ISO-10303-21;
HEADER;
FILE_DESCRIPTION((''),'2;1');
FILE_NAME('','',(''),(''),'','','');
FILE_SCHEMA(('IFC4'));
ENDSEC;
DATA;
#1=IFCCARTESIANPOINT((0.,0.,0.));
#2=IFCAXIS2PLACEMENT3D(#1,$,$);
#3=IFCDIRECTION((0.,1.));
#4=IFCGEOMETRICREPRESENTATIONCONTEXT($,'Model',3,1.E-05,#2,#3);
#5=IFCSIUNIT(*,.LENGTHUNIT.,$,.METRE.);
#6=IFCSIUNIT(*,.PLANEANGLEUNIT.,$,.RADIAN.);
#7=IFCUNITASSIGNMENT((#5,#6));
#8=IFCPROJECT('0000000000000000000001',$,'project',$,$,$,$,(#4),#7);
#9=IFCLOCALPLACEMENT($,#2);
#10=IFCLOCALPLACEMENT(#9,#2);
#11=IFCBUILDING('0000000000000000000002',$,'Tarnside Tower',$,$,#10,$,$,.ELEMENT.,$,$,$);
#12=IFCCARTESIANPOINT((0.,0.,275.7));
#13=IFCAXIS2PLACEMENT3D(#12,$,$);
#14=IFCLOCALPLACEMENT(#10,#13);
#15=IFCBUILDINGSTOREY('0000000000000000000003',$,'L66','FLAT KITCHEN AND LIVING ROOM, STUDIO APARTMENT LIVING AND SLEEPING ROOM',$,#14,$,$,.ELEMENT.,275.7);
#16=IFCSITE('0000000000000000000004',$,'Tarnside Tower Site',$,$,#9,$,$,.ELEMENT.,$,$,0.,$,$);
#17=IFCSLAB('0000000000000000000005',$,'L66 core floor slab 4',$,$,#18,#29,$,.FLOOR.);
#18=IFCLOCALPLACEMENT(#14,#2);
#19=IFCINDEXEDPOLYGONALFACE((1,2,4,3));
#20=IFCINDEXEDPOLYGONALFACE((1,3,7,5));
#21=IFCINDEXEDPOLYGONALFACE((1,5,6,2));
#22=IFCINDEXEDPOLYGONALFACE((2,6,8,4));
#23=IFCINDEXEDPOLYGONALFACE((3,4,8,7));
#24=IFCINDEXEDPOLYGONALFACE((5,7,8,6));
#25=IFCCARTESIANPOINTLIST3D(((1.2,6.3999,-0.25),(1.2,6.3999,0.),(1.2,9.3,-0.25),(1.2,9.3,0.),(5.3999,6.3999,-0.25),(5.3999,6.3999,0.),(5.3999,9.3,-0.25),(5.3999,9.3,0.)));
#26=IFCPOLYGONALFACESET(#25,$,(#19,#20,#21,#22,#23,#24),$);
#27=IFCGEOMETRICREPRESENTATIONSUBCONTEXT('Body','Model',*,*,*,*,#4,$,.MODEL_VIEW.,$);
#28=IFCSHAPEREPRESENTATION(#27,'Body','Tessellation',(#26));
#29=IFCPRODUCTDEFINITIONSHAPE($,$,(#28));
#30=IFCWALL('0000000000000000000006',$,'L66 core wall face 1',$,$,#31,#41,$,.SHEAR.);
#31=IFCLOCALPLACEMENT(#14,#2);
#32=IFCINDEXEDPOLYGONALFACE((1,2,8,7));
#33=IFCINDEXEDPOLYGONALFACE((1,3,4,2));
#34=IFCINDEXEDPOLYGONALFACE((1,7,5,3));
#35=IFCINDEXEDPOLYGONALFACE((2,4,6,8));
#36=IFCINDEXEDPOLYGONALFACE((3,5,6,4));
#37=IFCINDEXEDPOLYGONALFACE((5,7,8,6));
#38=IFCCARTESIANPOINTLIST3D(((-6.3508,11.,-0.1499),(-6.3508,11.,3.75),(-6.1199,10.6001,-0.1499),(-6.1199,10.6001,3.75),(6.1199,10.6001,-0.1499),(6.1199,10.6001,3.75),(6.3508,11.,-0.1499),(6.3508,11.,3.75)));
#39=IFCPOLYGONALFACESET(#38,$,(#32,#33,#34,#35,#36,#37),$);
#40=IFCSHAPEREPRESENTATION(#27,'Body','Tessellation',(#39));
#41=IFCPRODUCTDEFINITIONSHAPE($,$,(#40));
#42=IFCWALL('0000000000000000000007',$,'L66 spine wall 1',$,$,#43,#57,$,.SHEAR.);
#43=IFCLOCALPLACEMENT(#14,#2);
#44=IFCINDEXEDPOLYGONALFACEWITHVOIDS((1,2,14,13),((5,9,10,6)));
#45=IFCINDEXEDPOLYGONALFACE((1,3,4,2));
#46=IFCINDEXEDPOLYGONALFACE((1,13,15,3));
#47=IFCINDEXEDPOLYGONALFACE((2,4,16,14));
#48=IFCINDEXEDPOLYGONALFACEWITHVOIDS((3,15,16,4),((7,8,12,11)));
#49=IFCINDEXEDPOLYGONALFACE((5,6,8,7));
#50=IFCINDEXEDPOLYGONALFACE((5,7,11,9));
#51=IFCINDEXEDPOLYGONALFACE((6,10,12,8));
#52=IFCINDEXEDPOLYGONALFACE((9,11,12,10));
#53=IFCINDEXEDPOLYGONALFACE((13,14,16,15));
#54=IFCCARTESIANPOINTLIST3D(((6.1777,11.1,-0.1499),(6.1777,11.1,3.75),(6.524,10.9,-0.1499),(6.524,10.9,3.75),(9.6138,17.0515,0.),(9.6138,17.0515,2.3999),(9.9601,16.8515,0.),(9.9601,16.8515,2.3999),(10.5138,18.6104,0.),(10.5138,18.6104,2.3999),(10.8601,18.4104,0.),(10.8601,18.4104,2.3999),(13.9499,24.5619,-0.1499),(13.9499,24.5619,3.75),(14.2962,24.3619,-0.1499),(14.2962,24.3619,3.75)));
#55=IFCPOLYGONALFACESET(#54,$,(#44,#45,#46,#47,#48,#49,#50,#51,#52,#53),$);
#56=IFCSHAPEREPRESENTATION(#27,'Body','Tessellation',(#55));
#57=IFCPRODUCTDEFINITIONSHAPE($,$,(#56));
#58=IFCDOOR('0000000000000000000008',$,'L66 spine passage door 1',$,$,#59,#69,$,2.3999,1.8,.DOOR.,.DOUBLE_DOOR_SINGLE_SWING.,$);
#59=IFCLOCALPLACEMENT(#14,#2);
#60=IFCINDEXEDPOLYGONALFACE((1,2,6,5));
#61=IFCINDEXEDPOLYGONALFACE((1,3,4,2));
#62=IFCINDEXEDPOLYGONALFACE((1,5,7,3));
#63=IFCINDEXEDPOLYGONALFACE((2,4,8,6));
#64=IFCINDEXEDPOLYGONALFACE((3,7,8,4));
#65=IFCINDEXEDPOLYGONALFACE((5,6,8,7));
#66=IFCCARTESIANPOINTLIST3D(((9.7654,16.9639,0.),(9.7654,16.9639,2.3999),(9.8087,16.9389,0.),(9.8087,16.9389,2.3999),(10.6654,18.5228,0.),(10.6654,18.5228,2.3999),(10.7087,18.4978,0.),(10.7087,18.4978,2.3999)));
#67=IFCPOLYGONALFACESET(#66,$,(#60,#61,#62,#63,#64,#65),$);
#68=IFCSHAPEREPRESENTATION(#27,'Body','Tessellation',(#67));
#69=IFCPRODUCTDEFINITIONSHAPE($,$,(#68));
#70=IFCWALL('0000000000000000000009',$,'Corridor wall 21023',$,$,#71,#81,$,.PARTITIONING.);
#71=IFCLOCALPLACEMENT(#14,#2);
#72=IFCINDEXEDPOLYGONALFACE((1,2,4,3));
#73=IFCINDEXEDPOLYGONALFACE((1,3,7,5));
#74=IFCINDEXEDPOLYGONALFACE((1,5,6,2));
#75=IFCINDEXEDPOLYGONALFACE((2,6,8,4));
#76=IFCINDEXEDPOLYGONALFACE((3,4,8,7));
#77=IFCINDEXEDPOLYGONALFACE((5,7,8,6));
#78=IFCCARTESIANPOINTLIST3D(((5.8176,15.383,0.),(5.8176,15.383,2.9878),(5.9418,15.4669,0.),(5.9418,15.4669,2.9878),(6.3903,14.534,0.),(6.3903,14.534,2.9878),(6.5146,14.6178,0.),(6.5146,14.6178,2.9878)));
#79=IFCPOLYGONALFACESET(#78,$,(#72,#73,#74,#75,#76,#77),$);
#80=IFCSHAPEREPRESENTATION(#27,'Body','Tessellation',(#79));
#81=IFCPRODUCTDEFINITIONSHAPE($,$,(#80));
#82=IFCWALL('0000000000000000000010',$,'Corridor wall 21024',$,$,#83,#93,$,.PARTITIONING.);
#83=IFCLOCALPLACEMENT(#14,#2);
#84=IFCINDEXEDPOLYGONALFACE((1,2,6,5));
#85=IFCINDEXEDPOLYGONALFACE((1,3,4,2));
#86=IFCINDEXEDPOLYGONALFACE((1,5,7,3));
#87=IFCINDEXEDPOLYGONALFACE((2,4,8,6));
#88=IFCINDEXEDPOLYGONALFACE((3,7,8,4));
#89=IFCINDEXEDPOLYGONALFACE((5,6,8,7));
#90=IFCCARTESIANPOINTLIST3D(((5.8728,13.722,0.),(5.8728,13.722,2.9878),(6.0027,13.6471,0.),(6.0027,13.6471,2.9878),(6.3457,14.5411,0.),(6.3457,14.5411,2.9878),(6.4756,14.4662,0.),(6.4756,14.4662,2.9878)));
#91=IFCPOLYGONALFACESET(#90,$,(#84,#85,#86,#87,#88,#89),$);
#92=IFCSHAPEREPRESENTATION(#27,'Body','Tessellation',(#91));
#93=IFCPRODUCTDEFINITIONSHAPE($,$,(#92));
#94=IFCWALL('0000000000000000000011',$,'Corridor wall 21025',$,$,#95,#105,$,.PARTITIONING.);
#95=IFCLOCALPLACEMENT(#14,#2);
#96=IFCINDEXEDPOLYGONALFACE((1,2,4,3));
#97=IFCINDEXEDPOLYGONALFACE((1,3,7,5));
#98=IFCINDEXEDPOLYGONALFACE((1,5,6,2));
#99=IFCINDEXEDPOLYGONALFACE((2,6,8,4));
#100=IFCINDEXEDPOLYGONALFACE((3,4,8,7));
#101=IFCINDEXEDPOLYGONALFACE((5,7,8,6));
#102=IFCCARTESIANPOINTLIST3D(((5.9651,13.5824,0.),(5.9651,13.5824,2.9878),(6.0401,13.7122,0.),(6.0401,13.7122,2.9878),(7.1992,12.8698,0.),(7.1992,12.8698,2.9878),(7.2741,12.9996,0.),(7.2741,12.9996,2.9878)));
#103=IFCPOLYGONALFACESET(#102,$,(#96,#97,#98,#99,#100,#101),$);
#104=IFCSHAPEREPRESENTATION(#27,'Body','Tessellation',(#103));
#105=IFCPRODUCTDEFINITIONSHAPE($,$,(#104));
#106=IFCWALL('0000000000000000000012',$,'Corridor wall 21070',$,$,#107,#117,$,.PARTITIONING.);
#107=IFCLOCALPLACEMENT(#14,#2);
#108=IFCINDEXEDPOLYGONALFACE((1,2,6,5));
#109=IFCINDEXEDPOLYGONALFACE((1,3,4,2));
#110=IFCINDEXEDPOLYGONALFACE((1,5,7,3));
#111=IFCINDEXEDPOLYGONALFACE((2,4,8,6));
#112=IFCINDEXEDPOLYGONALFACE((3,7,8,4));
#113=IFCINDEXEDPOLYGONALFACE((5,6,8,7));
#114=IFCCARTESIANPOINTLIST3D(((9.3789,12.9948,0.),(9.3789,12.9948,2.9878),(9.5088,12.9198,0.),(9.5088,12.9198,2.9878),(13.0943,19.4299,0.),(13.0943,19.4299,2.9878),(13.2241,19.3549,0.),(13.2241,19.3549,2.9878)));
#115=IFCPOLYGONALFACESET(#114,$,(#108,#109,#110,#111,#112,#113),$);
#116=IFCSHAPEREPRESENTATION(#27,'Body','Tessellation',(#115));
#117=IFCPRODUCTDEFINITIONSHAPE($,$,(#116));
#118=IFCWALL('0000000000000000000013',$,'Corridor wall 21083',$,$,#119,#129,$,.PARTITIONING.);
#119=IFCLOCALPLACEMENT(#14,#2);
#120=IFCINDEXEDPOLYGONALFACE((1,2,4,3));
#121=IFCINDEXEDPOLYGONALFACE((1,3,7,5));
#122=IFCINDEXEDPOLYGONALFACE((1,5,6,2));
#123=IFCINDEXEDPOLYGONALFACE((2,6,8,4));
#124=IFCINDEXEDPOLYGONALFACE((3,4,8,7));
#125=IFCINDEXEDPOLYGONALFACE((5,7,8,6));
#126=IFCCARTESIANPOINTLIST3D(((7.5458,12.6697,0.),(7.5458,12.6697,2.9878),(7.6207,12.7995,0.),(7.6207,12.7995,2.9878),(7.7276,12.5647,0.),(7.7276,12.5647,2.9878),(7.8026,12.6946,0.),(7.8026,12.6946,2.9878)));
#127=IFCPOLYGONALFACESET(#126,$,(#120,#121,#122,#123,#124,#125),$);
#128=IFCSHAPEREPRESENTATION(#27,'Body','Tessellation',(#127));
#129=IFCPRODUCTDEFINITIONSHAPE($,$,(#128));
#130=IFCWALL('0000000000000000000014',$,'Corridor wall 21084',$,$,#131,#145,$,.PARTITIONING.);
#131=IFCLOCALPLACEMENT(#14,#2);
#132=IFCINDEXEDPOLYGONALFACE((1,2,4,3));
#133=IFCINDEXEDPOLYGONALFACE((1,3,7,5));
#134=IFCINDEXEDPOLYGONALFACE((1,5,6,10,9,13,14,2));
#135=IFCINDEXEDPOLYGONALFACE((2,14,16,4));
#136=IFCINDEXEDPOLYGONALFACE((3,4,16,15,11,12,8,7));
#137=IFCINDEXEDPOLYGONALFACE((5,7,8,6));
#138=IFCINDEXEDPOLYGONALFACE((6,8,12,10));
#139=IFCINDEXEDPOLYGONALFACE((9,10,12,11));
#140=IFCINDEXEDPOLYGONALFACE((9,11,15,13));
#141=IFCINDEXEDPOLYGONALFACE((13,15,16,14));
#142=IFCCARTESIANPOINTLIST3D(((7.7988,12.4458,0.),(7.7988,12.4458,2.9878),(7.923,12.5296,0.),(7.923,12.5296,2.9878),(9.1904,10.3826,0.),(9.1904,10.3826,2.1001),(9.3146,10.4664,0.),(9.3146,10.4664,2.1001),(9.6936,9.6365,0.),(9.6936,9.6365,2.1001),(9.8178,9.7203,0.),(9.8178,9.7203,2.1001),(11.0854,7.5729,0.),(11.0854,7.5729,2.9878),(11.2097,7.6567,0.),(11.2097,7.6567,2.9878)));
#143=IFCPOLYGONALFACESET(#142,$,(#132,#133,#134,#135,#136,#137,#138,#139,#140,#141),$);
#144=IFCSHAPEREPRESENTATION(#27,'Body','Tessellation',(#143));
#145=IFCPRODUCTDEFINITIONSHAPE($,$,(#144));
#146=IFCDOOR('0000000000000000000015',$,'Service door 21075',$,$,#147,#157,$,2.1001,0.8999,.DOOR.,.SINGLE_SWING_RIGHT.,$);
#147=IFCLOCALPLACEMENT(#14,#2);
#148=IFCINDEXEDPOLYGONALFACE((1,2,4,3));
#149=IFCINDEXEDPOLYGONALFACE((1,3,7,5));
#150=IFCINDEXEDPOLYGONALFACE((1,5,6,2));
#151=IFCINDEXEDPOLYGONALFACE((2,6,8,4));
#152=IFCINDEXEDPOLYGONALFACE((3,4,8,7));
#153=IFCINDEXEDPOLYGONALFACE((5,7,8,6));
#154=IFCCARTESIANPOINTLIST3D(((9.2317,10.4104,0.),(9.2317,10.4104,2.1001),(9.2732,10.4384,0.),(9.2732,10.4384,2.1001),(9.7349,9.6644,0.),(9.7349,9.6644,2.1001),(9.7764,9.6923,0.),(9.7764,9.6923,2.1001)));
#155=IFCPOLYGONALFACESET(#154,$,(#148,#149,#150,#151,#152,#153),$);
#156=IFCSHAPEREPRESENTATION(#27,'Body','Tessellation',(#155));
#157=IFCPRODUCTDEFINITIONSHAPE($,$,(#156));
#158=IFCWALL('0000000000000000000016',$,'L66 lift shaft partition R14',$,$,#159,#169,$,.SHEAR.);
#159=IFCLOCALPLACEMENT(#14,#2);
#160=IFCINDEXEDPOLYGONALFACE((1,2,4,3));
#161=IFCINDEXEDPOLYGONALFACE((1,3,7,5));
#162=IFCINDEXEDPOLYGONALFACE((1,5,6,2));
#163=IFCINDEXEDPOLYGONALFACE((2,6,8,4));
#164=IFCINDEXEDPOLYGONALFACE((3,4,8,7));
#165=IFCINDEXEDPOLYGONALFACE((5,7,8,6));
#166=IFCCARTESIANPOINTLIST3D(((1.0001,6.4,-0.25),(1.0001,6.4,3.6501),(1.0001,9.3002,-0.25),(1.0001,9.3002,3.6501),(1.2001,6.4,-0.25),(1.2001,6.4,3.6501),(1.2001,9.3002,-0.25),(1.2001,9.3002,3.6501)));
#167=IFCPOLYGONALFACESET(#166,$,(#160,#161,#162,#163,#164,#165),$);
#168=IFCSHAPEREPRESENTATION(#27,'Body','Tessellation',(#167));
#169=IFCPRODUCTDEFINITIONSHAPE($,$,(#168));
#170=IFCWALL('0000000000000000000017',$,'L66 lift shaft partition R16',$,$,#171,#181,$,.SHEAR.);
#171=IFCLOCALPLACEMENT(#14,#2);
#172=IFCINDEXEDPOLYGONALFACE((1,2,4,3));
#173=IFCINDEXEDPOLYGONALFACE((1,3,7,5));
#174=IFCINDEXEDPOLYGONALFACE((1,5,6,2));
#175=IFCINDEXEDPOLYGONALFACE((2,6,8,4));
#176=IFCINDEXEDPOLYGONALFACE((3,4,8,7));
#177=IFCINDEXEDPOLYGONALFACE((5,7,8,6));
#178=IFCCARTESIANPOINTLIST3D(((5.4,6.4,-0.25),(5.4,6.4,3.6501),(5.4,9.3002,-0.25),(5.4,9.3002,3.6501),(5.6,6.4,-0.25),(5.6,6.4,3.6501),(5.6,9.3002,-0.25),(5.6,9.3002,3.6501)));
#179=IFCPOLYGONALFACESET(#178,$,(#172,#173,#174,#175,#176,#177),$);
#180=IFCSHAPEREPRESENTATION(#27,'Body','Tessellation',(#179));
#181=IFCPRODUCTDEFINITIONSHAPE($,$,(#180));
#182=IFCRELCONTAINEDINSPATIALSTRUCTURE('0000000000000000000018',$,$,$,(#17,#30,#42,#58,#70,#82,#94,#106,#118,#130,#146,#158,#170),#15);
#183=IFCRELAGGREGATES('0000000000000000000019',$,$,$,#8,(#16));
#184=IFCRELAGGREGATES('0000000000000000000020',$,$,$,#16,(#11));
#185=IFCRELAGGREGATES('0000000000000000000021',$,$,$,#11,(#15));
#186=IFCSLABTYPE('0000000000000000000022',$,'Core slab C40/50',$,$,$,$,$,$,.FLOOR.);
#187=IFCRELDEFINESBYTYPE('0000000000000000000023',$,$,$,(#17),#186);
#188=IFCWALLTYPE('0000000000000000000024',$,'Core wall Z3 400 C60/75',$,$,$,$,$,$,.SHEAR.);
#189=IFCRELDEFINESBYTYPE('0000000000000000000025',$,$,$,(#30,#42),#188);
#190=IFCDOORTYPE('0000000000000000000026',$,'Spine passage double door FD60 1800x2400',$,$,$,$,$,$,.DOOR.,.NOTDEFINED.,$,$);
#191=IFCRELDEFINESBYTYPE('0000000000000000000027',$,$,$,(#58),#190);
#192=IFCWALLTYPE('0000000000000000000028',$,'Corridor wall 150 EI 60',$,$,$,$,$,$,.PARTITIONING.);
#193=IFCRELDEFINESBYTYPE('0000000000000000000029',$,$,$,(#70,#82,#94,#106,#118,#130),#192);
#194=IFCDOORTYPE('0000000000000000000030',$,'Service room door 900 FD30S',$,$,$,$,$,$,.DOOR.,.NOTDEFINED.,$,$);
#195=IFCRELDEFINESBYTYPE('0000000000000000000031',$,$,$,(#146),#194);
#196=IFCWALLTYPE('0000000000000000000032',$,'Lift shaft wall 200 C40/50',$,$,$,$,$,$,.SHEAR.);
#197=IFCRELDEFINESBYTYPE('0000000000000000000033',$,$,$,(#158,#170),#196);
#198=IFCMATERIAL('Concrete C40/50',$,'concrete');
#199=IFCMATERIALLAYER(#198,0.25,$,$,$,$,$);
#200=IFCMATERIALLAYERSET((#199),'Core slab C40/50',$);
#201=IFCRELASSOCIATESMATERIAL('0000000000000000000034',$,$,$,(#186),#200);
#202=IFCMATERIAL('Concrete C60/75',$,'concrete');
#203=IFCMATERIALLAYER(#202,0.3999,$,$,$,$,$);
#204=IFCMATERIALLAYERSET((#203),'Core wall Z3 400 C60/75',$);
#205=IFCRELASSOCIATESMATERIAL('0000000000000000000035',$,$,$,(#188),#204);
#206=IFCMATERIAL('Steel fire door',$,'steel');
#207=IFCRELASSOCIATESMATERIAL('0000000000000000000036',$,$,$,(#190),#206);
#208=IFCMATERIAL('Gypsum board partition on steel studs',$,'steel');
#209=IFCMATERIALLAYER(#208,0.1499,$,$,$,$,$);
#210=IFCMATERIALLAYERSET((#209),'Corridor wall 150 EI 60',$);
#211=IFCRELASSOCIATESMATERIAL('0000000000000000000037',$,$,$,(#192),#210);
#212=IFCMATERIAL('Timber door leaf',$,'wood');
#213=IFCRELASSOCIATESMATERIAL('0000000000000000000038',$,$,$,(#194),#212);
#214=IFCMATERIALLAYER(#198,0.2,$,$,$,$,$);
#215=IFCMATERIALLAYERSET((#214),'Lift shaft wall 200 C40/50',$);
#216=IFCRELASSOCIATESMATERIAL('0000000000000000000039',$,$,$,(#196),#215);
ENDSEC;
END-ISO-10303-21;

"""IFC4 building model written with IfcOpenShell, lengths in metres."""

from ifc_helpers import new_model, si_unit, direction, frame, frame_2d, origin, place, context, subcontext, project, spatial, polyline, rectangle, outline, extrude, material, layer, layer_set, type_object, element, fill, save


model = new_model("IFC4")

# Units and contexts
model_context = context("Model", 3, precision=1e-05, world=origin(), true_north=direction((0.0, 1.0)))
body_context = subcontext(model_context, "Body", "Model", "MODEL_VIEW")
ifc_project = project(units=[si_unit("LENGTHUNIT", "METRE"), si_unit("PLANEANGLEUNIT", "RADIAN")], contexts=[model_context])

# Site, building, storey
site_placement = place(None, origin())
site = spatial("IfcSite", under=ifc_project, at=site_placement, Name="Tarnside Tower Site", CompositionType="ELEMENT", RefElevation=0.0)
building_placement = place(site_placement, origin())
building = spatial("IfcBuilding", under=site, at=building_placement, Name="Tarnside Tower", CompositionType="ELEMENT")
storey_placement = place(building_placement, frame((0.0, 0.0, 275.7)))
storey = spatial("IfcBuildingStorey", under=building, at=storey_placement, Name="L66", Description="FLAT KITCHEN AND LIVING ROOM, STUDIO APARTMENT LIVING AND SLEEPING ROOM", CompositionType="ELEMENT", Elevation=275.7)

# Slab
ifc_material_1 = material(Name="Concrete C40/50", Category="concrete")
ifc_layer_1 = layer(ifc_material_1, 0.25)
ifc_layer_set_1 = layer_set([ifc_layer_1], Name="Core slab C40/50")
slab_type = type_object("IfcSlabType", Name="Core slab C40/50", PredefinedType="FLOOR", material=ifc_layer_set_1)
slab_placement = place(storey_placement, frame((0.0, 0.0, -0.25)))
element("IfcSlab", 1, at=slab_placement, inside=storey, type_object=slab_type, Name="L66 core floor slab 4", PredefinedType="FLOOR", context=body_context, shape_type="SweptSolid", body=[
    extrude(outline(polyline([(5.3999, 6.3999), (1.2, 6.3999), (1.2, 9.3), (5.3999, 9.3), (5.3999, 6.3999)])), origin(), (0.0, 0.0, 1.0), 0.25),
])

# Wall
ifc_material_2 = material(Name="Concrete C60/75", Category="concrete")
ifc_layer_2 = layer(ifc_material_2, 0.3999)
ifc_layer_set_2 = layer_set([ifc_layer_2], Name="Core wall Z3 400 C60/75")
wall_type_1 = type_object("IfcWallType", Name="Core wall Z3 400 C60/75", PredefinedType="SHEAR", material=ifc_layer_set_2)
wall_1_placement = place(storey_placement, frame((6.2354, 10.8, -0.1499), z_axis=(0.0, 0.0, 1.0), x_axis=(-1.0, 0.0, 0.0)))
element("IfcWall", 2, at=wall_1_placement, inside=storey, type_object=wall_type_1, Name="L66 core wall face 1", PredefinedType="SHEAR", context=body_context, shape_type="SweptSolid", body=[
    extrude(outline(polyline([(-0.1155, -0.2), (12.5862, -0.2), (12.3552, 0.2), (0.1155, 0.2), (-0.1155, -0.2)])), origin(), (0.0, 0.0, 1.0), 3.8999),
])

# Wall, opening, door
wall_2_placement = place(storey_placement, frame((6.3508, 11.0, -0.1499), z_axis=(0.0, 0.0, 1.0), x_axis=(0.499999, 0.866026, 0.0)))
wall_2 = element("IfcWall", 3, at=wall_2_placement, inside=storey, type_object=wall_type_1, Name="L66 spine wall 1", PredefinedType="SHEAR", context=body_context, shape_type="SweptSolid", body=[
    extrude(rectangle(XDim=15.5444, YDim=0.3999, at=frame_2d((7.7722, 0.0))), origin(), (0.0, 0.0, 1.0), 3.8999),
])
opening_1_placement = place(wall_2_placement, frame((6.8723, 0.0, 0.1499)))
opening_1 = element("IfcOpeningElement", 4, at=opening_1_placement, cuts=wall_2, PredefinedType="OPENING", context=body_context, shape_type="SweptSolid", body=[
    extrude(rectangle(XDim=1.8, YDim=2.3999, at=frame_2d((0.8999, 1.2))), frame((0.0, 0.21, 0.0), z_axis=(0.0, -1.0, 0.0), x_axis=(1.0, 0.0, 0.0)), (0.0, 0.0, 1.0), 0.4199),
])
ifc_material_3 = material(Name="Steel fire door", Category="steel")
door_type_1 = type_object("IfcDoorType", Name="Spine passage double door FD60 1800x2400", OperationType="NOTDEFINED", PredefinedType="DOOR", material=ifc_material_3)
door_1_placement = place(opening_1_placement, origin())
door_1 = element("IfcDoor", 5, at=door_1_placement, inside=storey, type_object=door_type_1, Name="L66 spine passage door 1", OperationType="DOUBLE_DOOR_SINGLE_SWING", OverallHeight=2.3999, OverallWidth=1.8, PredefinedType="DOOR", context=body_context, shape_type="SweptSolid", body=[
    extrude(rectangle(XDim=1.8, YDim=2.3999, at=frame_2d((0.8999, 1.2))), frame((0.0, 0.0249, 0.0), z_axis=(0.0, -1.0, 0.0), x_axis=(1.0, 0.0, 0.0)), (0.0, 0.0, 1.0), 0.05),
])
fill(opening_1, door_1)

# Walls
ifc_material_4 = material(Name="Gypsum board partition on steel studs", Category="steel")
ifc_layer_3 = layer(ifc_material_4, 0.1499)
ifc_layer_set_3 = layer_set([ifc_layer_3], Name="Corridor wall 150 EI 60")
wall_type_2 = type_object("IfcWallType", Name="Corridor wall 150 EI 60", PredefinedType="PARTITIONING", material=ifc_layer_set_3)
wall_3_placement = place(storey_placement, frame((5.8796, 15.425, 0.0), z_axis=(0.0, 0.0, 1.0), x_axis=(0.559203, -0.829031, 0.0)))
element("IfcWall", 6, at=wall_3_placement, inside=storey, type_object=wall_type_2, Name="Corridor wall 21023", PredefinedType="PARTITIONING", context=body_context, shape_type="SweptSolid", body=[
    extrude(rectangle(XDim=1.0242, YDim=0.1499, at=frame_2d((0.5122, 0.0))), origin(), (0.0, 0.0, 1.0), 2.9878),
])
wall_4_placement = place(storey_placement, frame((6.4106, 14.5037, 0.0), z_axis=(0.0, 0.0, 1.0), x_axis=(-0.499998, -0.866027, 0.0)))
element("IfcWall", 7, at=wall_4_placement, inside=storey, type_object=wall_type_2, Name="Corridor wall 21024", PredefinedType="PARTITIONING", context=body_context, shape_type="SweptSolid", body=[
    extrude(rectangle(XDim=0.9458, YDim=0.1499, at=frame_2d((0.4729, 0.0))), origin(), (0.0, 0.0, 1.0), 2.9878),
])
wall_5_placement = place(storey_placement, frame((6.0027, 13.6472, 0.0), z_axis=(0.0, 0.0, 1.0), x_axis=(0.865989, -0.500064, 0.0)))
element("IfcWall", 8, at=wall_5_placement, inside=storey, type_object=wall_type_2, Name="Corridor wall 21025", PredefinedType="PARTITIONING", context=body_context, shape_type="SweptSolid", body=[
    extrude(rectangle(XDim=1.425, YDim=0.1499, at=frame_2d((0.7124, 0.0))), origin(), (0.0, 0.0, 1.0), 2.9878),
])
wall_6_placement = place(storey_placement, frame((9.4438, 12.9573, 0.0), z_axis=(0.0, 0.0, 1.0), x_axis=(0.500005, 0.866023, 0.0)))
element("IfcWall", 9, at=wall_6_placement, inside=storey, type_object=wall_type_2, Name="Corridor wall 21070", PredefinedType="PARTITIONING", context=body_context, shape_type="SweptSolid", body=[
    extrude(rectangle(XDim=7.4307, YDim=0.1499, at=frame_2d((3.7153, 0.0))), origin(), (0.0, 0.0, 1.0), 2.9878),
])
wall_7_placement = place(storey_placement, frame((7.5833, 12.7346, 0.0), z_axis=(0.0, 0.0, 1.0), x_axis=(0.866089, -0.49989, 0.0)))
element("IfcWall", 10, at=wall_7_placement, inside=storey, type_object=wall_type_2, Name="Corridor wall 21083", PredefinedType="PARTITIONING", context=body_context, shape_type="SweptSolid", body=[
    extrude(rectangle(XDim=0.21, YDim=0.1499, at=frame_2d((0.105, 0.0))), origin(), (0.0, 0.0, 1.0), 2.9878),
])

# Wall, opening, door
wall_8_placement = place(storey_placement, frame((7.8608, 12.4878, 0.0), z_axis=(0.0, 0.0, 1.0), x_axis=(0.559178, -0.829047, 0.0)))
wall_8 = element("IfcWall", 11, at=wall_8_placement, inside=storey, type_object=wall_type_2, Name="Corridor wall 21084", PredefinedType="PARTITIONING", context=body_context, shape_type="SweptSolid", body=[
    extrude(rectangle(XDim=5.8777, YDim=0.1499, at=frame_2d((2.939, 0.0))), origin(), (0.0, 0.0, 1.0), 2.9878),
])
opening_2_placement = place(wall_8_placement, frame((2.4888, 0.0, 0.0)))
opening_2 = element("IfcOpeningElement", 12, at=opening_2_placement, cuts=wall_8, PredefinedType="OPENING", context=body_context, shape_type="SweptSolid", body=[
    extrude(rectangle(XDim=0.8999, YDim=2.1001, at=frame_2d((0.45, 1.05))), frame((0.0, 0.085, 0.0), z_axis=(0.0, -1.0, 0.0), x_axis=(1.0, 0.0, 0.0)), (0.0, 0.0, 1.0), 0.1699),
])
ifc_material_5 = material(Name="Timber door leaf", Category="wood")
door_type_2 = type_object("IfcDoorType", Name="Service room door 900 FD30S", OperationType="NOTDEFINED", PredefinedType="DOOR", material=ifc_material_5)
door_2_placement = place(opening_2_placement, origin())
door_2 = element("IfcDoor", 13, at=door_2_placement, inside=storey, type_object=door_type_2, Name="Service door 21075", OperationType="SINGLE_SWING_RIGHT", OverallHeight=2.1001, OverallWidth=0.8999, PredefinedType="DOOR", context=body_context, shape_type="SweptSolid", body=[
    extrude(rectangle(XDim=0.8999, YDim=2.1001, at=frame_2d((0.45, 1.05))), frame((0.0, 0.0249, 0.0), z_axis=(0.0, -1.0, 0.0), x_axis=(1.0, 0.0, 0.0)), (0.0, 0.0, 1.0), 0.05),
])
fill(opening_2, door_2)

# Walls
ifc_layer_4 = layer(ifc_material_1, 0.2)
ifc_layer_set_4 = layer_set([ifc_layer_4], Name="Lift shaft wall 200 C40/50")
wall_type_3 = type_object("IfcWallType", Name="Lift shaft wall 200 C40/50", PredefinedType="SHEAR", material=ifc_layer_set_4)
for number, where, z_axis, x_axis, name in (
    (14, (1.1001, 6.3999, -0.25), (0.0, 0.0, 1.0), (0.0, 1.0, 0.0), "L66 lift shaft partition R14"),
    (15, (5.5, 6.3999, -0.25), (0.0, 0.0, 1.0), (0.0, 1.0, 0.0), "L66 lift shaft partition R16"),
):
    element("IfcWall", number, at=place(storey_placement, frame(where, z_axis=z_axis, x_axis=x_axis)), inside=storey, type_object=wall_type_3, Name=name, PredefinedType="SHEAR", context=body_context, shape_type="SweptSolid", body=[
        extrude(rectangle(XDim=2.9001, YDim=0.2, at=frame_2d((1.4502, 0.0))), origin(), (0.0, 0.0, 1.0), 3.9001),
    ])

save(model, "model.ifc")
